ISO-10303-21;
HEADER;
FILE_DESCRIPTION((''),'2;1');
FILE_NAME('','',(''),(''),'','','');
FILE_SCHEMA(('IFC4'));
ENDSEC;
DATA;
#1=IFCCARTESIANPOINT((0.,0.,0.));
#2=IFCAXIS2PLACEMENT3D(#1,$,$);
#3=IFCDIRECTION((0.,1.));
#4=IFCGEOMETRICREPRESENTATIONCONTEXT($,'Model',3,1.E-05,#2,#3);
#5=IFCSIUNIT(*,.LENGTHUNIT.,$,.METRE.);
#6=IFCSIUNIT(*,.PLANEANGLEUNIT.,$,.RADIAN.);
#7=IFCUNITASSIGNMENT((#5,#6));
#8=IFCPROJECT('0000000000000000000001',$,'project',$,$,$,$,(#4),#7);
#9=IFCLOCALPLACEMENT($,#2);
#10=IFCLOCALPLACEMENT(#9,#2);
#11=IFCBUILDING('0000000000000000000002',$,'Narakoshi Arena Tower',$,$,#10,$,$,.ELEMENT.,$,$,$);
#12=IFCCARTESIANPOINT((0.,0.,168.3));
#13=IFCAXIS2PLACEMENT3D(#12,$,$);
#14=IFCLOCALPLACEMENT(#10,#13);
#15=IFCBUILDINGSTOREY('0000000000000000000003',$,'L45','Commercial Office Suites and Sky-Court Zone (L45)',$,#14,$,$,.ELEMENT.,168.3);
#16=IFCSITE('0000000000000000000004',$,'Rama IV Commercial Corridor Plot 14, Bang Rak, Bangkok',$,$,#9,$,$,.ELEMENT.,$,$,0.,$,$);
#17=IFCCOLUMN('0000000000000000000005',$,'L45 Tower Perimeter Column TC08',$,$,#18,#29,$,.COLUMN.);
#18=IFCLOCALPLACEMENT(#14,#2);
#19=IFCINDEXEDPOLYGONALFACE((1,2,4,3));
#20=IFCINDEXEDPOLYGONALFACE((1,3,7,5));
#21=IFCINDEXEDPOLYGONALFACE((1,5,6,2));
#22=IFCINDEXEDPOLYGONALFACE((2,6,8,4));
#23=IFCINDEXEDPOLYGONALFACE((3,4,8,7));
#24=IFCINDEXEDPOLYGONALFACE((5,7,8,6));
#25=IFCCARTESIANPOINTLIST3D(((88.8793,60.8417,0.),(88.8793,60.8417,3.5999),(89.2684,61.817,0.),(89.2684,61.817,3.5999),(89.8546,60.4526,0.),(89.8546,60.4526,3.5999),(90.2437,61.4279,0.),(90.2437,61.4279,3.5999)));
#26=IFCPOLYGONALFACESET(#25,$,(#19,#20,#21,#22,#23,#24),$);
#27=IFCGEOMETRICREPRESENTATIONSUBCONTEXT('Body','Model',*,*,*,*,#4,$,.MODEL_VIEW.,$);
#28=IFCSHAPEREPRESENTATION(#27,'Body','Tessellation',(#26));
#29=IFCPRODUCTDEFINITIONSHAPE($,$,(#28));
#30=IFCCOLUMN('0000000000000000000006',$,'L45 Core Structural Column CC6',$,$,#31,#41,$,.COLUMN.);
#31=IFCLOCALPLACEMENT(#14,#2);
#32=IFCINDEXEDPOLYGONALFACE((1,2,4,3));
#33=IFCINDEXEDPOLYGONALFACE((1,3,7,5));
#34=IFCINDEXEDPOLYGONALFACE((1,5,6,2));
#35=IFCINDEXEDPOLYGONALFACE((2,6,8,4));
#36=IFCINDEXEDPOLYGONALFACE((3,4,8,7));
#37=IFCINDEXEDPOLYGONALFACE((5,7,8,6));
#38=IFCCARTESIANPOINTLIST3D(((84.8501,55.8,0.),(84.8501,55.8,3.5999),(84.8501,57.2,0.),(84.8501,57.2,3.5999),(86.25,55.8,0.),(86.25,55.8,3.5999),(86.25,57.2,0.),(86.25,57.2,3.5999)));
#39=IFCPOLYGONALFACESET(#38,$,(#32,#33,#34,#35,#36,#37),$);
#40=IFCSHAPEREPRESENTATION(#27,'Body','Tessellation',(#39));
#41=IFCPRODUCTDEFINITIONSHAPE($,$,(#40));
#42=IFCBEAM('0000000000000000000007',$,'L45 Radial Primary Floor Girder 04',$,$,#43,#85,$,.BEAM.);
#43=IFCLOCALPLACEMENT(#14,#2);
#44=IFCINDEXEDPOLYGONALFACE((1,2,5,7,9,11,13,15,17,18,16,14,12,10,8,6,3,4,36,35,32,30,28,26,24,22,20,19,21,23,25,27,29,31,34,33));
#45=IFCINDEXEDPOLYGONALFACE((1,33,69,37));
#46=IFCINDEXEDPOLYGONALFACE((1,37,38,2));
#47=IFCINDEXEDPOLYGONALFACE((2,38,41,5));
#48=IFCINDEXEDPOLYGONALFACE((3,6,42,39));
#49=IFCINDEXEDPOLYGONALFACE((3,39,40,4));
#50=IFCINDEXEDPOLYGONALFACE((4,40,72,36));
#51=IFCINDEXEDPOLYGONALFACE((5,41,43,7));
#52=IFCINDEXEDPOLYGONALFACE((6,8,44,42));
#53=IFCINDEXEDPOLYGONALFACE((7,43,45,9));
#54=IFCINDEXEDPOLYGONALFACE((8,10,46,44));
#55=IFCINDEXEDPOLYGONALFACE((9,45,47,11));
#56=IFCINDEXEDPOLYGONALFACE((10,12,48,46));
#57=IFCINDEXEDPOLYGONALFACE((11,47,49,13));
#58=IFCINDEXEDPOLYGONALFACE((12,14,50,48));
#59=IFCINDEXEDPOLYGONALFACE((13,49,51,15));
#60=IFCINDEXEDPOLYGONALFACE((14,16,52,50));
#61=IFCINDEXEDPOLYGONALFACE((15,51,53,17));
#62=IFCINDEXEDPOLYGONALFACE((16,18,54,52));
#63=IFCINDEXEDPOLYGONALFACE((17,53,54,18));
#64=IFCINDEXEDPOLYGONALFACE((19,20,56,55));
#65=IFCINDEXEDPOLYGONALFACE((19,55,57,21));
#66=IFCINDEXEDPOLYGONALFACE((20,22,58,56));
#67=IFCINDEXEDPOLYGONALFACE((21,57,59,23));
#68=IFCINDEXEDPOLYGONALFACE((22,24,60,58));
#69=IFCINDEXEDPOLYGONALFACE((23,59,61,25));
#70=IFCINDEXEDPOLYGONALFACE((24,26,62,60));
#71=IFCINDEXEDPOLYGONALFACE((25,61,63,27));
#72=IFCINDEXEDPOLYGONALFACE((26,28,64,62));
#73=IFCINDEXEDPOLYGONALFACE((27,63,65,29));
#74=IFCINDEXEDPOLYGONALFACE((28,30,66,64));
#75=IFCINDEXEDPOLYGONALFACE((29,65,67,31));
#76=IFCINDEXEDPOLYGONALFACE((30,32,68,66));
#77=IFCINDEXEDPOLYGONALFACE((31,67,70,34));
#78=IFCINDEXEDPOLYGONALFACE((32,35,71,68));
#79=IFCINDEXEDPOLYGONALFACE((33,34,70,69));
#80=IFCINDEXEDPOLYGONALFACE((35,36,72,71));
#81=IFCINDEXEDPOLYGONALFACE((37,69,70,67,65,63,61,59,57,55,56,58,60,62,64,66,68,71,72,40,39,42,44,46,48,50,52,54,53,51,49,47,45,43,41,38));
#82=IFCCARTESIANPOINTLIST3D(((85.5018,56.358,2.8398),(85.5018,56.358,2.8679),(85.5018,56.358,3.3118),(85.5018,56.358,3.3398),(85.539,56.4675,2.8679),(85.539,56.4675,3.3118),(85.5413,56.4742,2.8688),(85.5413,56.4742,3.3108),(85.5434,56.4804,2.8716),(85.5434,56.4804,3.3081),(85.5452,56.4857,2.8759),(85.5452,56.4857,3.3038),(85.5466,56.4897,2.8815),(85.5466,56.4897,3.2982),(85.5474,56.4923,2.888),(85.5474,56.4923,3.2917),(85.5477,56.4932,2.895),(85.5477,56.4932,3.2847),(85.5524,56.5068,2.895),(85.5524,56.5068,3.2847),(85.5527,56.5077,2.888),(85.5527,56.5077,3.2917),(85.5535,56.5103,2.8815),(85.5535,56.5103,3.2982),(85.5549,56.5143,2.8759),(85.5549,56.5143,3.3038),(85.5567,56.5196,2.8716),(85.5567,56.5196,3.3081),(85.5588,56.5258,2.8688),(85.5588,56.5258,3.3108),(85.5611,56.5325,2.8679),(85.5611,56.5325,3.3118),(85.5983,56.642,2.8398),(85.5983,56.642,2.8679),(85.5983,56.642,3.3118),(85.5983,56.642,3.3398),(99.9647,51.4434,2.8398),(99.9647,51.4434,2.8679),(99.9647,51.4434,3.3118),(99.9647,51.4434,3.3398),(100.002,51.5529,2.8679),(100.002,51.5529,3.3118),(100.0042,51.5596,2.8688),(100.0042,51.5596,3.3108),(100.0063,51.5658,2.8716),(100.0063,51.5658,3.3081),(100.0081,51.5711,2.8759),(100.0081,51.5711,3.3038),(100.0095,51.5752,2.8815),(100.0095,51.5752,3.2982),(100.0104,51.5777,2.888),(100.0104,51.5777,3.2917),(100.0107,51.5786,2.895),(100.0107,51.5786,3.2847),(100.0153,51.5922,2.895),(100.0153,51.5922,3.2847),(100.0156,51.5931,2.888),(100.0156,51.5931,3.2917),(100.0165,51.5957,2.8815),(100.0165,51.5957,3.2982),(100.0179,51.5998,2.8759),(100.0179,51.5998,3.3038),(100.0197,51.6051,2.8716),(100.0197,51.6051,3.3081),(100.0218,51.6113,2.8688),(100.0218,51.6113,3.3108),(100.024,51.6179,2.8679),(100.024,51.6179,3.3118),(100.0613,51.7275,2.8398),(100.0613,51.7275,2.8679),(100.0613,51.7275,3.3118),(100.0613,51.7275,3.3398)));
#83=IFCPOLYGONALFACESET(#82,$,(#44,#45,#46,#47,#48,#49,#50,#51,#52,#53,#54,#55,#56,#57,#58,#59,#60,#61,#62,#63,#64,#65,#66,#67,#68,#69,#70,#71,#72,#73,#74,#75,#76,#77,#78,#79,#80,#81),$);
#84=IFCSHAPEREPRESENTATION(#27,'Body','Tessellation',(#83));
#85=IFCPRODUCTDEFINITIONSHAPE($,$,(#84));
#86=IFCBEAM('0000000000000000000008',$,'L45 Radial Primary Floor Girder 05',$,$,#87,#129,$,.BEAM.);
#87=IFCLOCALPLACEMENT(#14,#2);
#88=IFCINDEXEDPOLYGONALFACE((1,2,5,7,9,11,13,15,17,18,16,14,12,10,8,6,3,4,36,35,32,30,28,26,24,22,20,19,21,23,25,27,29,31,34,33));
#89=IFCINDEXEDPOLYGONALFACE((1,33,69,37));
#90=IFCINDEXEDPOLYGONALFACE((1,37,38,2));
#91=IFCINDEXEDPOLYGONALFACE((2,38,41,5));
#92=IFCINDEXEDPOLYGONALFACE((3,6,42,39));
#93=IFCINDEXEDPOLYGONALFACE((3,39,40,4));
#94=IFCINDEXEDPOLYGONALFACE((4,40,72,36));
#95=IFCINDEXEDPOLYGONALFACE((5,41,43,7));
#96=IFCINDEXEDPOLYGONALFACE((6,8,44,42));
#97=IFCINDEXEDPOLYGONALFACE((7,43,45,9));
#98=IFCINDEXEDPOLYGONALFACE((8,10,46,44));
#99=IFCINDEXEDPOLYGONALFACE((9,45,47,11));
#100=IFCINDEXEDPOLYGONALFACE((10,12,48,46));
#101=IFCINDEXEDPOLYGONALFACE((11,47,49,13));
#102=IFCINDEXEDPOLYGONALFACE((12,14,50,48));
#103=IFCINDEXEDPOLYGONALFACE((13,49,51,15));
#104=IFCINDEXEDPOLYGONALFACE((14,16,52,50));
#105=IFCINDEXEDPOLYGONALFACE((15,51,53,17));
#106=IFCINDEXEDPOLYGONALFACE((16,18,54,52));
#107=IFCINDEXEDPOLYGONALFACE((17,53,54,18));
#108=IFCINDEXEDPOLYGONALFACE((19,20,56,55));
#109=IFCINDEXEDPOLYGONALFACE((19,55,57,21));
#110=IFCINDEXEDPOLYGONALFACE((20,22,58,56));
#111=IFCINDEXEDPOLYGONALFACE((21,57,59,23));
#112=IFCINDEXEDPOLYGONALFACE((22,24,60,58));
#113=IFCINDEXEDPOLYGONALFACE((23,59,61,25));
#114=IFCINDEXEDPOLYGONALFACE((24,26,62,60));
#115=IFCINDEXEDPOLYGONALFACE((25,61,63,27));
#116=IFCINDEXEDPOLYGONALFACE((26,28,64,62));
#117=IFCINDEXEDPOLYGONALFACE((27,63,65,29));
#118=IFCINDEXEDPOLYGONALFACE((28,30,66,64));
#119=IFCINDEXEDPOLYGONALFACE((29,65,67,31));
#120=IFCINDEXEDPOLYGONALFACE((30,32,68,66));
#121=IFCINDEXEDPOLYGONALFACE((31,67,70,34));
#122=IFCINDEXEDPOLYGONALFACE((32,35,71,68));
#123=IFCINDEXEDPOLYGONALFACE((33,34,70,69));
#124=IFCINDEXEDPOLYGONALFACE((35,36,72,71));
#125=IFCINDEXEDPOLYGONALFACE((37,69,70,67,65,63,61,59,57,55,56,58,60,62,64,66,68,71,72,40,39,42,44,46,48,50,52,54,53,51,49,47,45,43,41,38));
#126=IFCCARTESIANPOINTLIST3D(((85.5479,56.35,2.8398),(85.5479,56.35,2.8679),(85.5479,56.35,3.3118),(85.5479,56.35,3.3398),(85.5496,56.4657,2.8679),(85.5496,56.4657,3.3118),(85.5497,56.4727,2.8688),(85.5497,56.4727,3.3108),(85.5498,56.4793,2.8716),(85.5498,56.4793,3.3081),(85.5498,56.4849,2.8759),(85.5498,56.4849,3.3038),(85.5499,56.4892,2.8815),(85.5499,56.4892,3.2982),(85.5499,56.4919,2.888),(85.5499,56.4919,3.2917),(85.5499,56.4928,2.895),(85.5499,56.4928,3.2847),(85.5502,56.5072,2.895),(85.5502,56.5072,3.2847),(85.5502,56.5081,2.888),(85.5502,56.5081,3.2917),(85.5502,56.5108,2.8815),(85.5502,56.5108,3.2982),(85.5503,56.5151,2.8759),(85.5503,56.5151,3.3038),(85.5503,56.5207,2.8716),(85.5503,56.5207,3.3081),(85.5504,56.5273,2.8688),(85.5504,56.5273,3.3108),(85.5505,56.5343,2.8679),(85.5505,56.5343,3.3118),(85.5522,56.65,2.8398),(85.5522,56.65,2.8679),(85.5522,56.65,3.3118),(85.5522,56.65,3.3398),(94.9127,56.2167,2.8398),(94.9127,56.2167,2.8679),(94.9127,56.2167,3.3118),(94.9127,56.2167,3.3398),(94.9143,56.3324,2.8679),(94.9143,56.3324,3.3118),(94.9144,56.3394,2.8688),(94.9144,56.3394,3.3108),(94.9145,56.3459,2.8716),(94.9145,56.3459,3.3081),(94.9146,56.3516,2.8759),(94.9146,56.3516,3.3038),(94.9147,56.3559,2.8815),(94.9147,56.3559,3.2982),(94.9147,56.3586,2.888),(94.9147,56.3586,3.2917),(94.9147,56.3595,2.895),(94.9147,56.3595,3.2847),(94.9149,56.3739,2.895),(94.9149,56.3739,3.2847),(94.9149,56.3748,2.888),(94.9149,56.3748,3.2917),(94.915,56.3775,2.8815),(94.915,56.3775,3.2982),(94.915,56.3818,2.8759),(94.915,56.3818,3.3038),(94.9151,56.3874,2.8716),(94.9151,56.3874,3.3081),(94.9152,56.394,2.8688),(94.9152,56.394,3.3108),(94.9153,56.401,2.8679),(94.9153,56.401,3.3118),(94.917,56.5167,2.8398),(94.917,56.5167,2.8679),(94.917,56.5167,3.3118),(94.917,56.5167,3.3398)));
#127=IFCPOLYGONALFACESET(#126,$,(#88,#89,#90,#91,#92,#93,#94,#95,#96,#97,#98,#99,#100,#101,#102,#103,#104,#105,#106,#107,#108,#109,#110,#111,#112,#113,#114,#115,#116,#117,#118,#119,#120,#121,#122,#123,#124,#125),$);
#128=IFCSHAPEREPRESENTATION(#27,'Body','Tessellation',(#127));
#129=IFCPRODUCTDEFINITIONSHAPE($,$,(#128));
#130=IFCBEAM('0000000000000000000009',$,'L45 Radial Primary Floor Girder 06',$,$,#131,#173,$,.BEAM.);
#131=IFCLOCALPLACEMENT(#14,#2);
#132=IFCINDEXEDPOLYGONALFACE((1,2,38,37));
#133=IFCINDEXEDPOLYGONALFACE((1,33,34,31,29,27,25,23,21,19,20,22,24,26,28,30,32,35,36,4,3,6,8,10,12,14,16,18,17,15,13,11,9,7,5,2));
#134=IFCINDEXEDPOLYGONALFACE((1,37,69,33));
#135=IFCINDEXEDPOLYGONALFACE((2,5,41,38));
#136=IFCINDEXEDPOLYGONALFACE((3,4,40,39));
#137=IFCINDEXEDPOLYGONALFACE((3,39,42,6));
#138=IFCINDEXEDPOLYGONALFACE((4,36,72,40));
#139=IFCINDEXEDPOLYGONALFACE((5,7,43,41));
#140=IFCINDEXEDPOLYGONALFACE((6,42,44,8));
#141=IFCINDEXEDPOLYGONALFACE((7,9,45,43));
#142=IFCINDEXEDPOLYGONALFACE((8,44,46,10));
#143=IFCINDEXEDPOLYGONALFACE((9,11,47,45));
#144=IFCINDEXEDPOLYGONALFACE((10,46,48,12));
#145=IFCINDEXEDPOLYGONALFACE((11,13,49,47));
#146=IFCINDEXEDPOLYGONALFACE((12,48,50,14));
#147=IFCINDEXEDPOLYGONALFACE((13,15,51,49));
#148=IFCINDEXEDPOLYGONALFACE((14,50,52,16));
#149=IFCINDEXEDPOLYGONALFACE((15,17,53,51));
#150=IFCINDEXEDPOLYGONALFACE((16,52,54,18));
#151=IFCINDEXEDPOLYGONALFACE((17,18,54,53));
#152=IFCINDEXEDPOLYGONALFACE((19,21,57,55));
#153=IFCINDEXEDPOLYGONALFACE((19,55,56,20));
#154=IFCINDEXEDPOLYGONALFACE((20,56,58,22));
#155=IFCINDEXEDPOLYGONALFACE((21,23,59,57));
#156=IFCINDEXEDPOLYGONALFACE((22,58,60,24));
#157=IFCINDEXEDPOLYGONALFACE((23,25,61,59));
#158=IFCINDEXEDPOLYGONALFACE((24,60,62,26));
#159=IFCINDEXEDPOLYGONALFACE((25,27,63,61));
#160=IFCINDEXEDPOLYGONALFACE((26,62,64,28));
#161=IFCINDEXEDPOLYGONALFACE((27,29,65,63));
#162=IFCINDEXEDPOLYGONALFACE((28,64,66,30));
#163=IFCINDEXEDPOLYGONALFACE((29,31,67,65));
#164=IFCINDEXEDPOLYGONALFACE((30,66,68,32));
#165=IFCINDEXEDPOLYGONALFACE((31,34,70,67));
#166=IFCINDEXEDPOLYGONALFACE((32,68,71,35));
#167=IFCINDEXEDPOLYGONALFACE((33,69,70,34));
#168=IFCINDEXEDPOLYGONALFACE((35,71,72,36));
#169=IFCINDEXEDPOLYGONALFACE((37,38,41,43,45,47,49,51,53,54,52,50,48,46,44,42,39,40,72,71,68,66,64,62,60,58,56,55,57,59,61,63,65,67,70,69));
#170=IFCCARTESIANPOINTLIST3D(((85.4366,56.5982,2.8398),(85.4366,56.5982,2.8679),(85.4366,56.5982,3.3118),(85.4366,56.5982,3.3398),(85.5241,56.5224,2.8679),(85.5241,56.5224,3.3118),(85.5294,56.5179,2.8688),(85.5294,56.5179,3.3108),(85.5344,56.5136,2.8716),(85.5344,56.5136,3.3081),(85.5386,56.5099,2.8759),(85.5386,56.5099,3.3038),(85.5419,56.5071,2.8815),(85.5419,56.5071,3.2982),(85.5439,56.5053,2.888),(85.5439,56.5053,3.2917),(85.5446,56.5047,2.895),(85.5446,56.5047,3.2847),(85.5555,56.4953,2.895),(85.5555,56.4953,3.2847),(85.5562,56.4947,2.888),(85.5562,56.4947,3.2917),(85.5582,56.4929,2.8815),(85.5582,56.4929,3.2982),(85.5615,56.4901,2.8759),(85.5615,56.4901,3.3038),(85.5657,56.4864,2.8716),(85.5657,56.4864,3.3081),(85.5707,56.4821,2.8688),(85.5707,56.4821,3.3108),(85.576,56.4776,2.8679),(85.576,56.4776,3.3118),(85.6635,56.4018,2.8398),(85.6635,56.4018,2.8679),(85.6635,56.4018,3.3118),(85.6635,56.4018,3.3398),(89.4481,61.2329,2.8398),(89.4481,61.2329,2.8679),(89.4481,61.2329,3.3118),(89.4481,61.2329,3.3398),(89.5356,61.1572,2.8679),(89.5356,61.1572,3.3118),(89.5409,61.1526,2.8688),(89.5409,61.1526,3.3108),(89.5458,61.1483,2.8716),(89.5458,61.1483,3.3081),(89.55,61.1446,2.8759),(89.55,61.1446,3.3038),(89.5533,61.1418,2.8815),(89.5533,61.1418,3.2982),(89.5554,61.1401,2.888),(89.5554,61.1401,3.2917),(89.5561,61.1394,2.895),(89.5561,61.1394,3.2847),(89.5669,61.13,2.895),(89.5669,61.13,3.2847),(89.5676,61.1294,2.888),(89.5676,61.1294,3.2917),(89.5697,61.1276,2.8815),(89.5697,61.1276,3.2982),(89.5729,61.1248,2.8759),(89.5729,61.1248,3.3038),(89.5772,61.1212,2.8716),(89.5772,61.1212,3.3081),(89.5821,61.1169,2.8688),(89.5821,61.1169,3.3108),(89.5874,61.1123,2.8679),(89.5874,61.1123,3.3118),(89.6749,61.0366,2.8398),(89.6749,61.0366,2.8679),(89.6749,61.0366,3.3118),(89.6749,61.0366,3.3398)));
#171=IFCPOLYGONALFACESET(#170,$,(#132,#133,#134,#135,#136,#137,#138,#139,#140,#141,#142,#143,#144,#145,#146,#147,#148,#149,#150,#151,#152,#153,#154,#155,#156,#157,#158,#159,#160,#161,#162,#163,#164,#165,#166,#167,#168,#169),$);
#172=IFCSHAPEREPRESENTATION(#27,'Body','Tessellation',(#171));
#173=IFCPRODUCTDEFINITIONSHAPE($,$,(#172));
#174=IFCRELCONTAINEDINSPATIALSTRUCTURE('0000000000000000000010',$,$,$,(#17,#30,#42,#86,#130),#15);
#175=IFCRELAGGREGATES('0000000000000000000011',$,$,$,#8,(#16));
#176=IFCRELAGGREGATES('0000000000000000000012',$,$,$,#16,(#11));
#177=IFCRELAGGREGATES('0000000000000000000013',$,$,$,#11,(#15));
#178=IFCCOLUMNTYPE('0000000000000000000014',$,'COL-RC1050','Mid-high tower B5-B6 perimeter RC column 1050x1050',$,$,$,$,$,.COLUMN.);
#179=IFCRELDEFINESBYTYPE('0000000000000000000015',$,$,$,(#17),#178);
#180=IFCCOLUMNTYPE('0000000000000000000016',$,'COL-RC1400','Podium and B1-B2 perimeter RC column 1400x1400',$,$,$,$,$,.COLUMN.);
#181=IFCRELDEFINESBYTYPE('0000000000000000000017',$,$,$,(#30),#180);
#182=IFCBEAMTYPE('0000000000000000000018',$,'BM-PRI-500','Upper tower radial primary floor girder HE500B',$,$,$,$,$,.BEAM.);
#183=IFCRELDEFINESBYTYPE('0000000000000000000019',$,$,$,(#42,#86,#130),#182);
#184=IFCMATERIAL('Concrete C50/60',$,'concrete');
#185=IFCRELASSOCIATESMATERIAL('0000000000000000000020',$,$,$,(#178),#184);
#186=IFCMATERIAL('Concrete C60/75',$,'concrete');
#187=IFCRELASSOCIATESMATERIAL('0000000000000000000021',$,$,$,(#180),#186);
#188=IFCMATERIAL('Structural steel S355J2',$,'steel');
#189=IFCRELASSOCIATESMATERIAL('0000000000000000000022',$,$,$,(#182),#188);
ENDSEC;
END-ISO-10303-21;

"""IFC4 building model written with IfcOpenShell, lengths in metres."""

from ifc_helpers import new_model, si_unit, direction, frame, origin, origin_2d, place, context, subcontext, project, spatial, rectangle, i_section, extrude, material, material_profile, profile_set, type_object, element, save


model = new_model("IFC4")

# Units and contexts
model_context = context("Model", 3, precision=1e-05, world=origin(), true_north=direction((0.0, 1.0)))
body_context = subcontext(model_context, "Body", "Model", "MODEL_VIEW")
ifc_project = project(units=[si_unit("LENGTHUNIT", "METRE"), si_unit("PLANEANGLEUNIT", "RADIAN")], contexts=[model_context])

# Site, building, storey
site_placement = place(None, origin())
site = spatial("IfcSite", under=ifc_project, at=site_placement, Name="Rama IV Commercial Corridor Plot 14, Bang Rak, Bangkok", CompositionType="ELEMENT", RefElevation=0.0)
building_placement = place(site_placement, origin())
building = spatial("IfcBuilding", under=site, at=building_placement, Name="Narakoshi Arena Tower", CompositionType="ELEMENT")
storey_placement = place(building_placement, frame((0.0, 0.0, 168.3)))
storey = spatial("IfcBuildingStorey", under=building, at=storey_placement, Name="L45", Description="Commercial Office Suites and Sky-Court Zone (L45)", CompositionType="ELEMENT", Elevation=168.3)

# Columns
ifc_material_1 = material(Name="Concrete C50/60", Category="concrete")
ifc_material_profile_1 = material_profile(ifc_material_1, rectangle(XDim=1.05, YDim=1.05, at=origin_2d()), Name="RC1050x1050")
ifc_profile_set_1 = profile_set([ifc_material_profile_1], Name="Concrete C50/60")
column_type_1 = type_object("IfcColumnType", Name="COL-RC1050", Description="Mid-high tower B5-B6 perimeter RC column 1050x1050", PredefinedType="COLUMN", material=ifc_profile_set_1)
column_1_placement = place(storey_placement, frame((89.5615, 61.1348, 0.0), z_axis=(0.0, 0.0, 1.0), x_axis=(0.370557, 0.92881, 0.0)))
element("IfcColumn", 1, at=column_1_placement, inside=storey, type_object=column_type_1, Name="L45 Tower Perimeter Column TC08", PredefinedType="COLUMN", context=body_context, shape_type="SweptSolid", body=[
    extrude(rectangle(XDim=1.05, YDim=1.05, at=origin_2d()), origin(), (0.0, 0.0, 1.0), 3.5999),
])
ifc_material_2 = material(Name="Concrete C60/75", Category="concrete")
ifc_material_profile_2 = material_profile(ifc_material_2, rectangle(XDim=1.3999, YDim=1.3999, at=origin_2d()), Name="RC1400x1400")
ifc_profile_set_2 = profile_set([ifc_material_profile_2], Name="Concrete C60/75")
column_type_2 = type_object("IfcColumnType", Name="COL-RC1400", Description="Podium and B1-B2 perimeter RC column 1400x1400", PredefinedType="COLUMN", material=ifc_profile_set_2)
column_2_placement = place(storey_placement, frame((85.55, 56.5, 0.0), z_axis=(0.0, 0.0, 1.0), x_axis=(1.0, 0.0, 0.0)))
element("IfcColumn", 2, at=column_2_placement, inside=storey, type_object=column_type_2, Name="L45 Core Structural Column CC6", PredefinedType="COLUMN", context=body_context, shape_type="SweptSolid", body=[
    extrude(rectangle(XDim=1.3999, YDim=1.3999, at=origin_2d()), origin(), (0.0, 0.0, 1.0), 3.5999),
])

# Beams
ifc_material_3 = material(Name="Structural steel S355J2", Category="steel")
ifc_material_profile_3 = material_profile(ifc_material_3, i_section(OverallWidth=0.3, OverallDepth=0.5, WebThickness=0.0144, FlangeThickness=0.0281, FilletRadius=0.0271, at=origin_2d()), Name="HE500B")
ifc_profile_set_3 = profile_set([ifc_material_profile_3], Name="Structural steel S355J2")
beam_type_1 = type_object("IfcBeamType", Name="BM-PRI-500", Description="Upper tower radial primary floor girder HE500B", PredefinedType="BEAM", material=ifc_profile_set_3)
beam_1_placement = place(storey_placement, frame((85.55, 56.5, 3.0898), z_axis=(0.946829, -0.321737, 0.0), x_axis=(0.321737, 0.946829, 0.0)))
element("IfcBeam", 3, at=beam_1_placement, inside=storey, type_object=beam_type_1, Name="L45 Radial Primary Floor Girder 04", PredefinedType="BEAM", context=body_context, shape_type="SweptSolid", body=[
    extrude(i_section(OverallWidth=0.3, OverallDepth=0.5, WebThickness=0.0144, FlangeThickness=0.0281, FilletRadius=0.0271, at=origin_2d()), origin(), (0.0, 0.0, 1.0), 15.2751),
])
beam_2_placement = place(storey_placement, frame((85.55, 56.5, 3.0898), z_axis=(0.999899, -0.014233, 0.0), x_axis=(0.014233, 0.999899, 0.0)))
element("IfcBeam", 4, at=beam_2_placement, inside=storey, type_object=beam_type_1, Name="L45 Radial Primary Floor Girder 05", PredefinedType="BEAM", context=body_context, shape_type="SweptSolid", body=[
    extrude(i_section(OverallWidth=0.3, OverallDepth=0.5, WebThickness=0.0144, FlangeThickness=0.0281, FilletRadius=0.0271, at=origin_2d()), origin(), (0.0, 0.0, 1.0), 9.3657),
])
beam_3_placement = place(storey_placement, frame((85.55, 56.5, 3.0898), z_axis=(0.654435, 0.756119, 0.0), x_axis=(-0.756119, 0.654435, 0.0)))
element("IfcBeam", 5, at=beam_3_placement, inside=storey, type_object=beam_type_1, Name="L45 Radial Primary Floor Girder 06", PredefinedType="BEAM", context=body_context, shape_type="SweptSolid", body=[
    extrude(i_section(OverallWidth=0.3, OverallDepth=0.5, WebThickness=0.0144, FlangeThickness=0.0281, FilletRadius=0.0271, at=origin_2d()), origin(), (0.0, 0.0, 1.0), 6.1296),
])

save(model, "model.ifc")
